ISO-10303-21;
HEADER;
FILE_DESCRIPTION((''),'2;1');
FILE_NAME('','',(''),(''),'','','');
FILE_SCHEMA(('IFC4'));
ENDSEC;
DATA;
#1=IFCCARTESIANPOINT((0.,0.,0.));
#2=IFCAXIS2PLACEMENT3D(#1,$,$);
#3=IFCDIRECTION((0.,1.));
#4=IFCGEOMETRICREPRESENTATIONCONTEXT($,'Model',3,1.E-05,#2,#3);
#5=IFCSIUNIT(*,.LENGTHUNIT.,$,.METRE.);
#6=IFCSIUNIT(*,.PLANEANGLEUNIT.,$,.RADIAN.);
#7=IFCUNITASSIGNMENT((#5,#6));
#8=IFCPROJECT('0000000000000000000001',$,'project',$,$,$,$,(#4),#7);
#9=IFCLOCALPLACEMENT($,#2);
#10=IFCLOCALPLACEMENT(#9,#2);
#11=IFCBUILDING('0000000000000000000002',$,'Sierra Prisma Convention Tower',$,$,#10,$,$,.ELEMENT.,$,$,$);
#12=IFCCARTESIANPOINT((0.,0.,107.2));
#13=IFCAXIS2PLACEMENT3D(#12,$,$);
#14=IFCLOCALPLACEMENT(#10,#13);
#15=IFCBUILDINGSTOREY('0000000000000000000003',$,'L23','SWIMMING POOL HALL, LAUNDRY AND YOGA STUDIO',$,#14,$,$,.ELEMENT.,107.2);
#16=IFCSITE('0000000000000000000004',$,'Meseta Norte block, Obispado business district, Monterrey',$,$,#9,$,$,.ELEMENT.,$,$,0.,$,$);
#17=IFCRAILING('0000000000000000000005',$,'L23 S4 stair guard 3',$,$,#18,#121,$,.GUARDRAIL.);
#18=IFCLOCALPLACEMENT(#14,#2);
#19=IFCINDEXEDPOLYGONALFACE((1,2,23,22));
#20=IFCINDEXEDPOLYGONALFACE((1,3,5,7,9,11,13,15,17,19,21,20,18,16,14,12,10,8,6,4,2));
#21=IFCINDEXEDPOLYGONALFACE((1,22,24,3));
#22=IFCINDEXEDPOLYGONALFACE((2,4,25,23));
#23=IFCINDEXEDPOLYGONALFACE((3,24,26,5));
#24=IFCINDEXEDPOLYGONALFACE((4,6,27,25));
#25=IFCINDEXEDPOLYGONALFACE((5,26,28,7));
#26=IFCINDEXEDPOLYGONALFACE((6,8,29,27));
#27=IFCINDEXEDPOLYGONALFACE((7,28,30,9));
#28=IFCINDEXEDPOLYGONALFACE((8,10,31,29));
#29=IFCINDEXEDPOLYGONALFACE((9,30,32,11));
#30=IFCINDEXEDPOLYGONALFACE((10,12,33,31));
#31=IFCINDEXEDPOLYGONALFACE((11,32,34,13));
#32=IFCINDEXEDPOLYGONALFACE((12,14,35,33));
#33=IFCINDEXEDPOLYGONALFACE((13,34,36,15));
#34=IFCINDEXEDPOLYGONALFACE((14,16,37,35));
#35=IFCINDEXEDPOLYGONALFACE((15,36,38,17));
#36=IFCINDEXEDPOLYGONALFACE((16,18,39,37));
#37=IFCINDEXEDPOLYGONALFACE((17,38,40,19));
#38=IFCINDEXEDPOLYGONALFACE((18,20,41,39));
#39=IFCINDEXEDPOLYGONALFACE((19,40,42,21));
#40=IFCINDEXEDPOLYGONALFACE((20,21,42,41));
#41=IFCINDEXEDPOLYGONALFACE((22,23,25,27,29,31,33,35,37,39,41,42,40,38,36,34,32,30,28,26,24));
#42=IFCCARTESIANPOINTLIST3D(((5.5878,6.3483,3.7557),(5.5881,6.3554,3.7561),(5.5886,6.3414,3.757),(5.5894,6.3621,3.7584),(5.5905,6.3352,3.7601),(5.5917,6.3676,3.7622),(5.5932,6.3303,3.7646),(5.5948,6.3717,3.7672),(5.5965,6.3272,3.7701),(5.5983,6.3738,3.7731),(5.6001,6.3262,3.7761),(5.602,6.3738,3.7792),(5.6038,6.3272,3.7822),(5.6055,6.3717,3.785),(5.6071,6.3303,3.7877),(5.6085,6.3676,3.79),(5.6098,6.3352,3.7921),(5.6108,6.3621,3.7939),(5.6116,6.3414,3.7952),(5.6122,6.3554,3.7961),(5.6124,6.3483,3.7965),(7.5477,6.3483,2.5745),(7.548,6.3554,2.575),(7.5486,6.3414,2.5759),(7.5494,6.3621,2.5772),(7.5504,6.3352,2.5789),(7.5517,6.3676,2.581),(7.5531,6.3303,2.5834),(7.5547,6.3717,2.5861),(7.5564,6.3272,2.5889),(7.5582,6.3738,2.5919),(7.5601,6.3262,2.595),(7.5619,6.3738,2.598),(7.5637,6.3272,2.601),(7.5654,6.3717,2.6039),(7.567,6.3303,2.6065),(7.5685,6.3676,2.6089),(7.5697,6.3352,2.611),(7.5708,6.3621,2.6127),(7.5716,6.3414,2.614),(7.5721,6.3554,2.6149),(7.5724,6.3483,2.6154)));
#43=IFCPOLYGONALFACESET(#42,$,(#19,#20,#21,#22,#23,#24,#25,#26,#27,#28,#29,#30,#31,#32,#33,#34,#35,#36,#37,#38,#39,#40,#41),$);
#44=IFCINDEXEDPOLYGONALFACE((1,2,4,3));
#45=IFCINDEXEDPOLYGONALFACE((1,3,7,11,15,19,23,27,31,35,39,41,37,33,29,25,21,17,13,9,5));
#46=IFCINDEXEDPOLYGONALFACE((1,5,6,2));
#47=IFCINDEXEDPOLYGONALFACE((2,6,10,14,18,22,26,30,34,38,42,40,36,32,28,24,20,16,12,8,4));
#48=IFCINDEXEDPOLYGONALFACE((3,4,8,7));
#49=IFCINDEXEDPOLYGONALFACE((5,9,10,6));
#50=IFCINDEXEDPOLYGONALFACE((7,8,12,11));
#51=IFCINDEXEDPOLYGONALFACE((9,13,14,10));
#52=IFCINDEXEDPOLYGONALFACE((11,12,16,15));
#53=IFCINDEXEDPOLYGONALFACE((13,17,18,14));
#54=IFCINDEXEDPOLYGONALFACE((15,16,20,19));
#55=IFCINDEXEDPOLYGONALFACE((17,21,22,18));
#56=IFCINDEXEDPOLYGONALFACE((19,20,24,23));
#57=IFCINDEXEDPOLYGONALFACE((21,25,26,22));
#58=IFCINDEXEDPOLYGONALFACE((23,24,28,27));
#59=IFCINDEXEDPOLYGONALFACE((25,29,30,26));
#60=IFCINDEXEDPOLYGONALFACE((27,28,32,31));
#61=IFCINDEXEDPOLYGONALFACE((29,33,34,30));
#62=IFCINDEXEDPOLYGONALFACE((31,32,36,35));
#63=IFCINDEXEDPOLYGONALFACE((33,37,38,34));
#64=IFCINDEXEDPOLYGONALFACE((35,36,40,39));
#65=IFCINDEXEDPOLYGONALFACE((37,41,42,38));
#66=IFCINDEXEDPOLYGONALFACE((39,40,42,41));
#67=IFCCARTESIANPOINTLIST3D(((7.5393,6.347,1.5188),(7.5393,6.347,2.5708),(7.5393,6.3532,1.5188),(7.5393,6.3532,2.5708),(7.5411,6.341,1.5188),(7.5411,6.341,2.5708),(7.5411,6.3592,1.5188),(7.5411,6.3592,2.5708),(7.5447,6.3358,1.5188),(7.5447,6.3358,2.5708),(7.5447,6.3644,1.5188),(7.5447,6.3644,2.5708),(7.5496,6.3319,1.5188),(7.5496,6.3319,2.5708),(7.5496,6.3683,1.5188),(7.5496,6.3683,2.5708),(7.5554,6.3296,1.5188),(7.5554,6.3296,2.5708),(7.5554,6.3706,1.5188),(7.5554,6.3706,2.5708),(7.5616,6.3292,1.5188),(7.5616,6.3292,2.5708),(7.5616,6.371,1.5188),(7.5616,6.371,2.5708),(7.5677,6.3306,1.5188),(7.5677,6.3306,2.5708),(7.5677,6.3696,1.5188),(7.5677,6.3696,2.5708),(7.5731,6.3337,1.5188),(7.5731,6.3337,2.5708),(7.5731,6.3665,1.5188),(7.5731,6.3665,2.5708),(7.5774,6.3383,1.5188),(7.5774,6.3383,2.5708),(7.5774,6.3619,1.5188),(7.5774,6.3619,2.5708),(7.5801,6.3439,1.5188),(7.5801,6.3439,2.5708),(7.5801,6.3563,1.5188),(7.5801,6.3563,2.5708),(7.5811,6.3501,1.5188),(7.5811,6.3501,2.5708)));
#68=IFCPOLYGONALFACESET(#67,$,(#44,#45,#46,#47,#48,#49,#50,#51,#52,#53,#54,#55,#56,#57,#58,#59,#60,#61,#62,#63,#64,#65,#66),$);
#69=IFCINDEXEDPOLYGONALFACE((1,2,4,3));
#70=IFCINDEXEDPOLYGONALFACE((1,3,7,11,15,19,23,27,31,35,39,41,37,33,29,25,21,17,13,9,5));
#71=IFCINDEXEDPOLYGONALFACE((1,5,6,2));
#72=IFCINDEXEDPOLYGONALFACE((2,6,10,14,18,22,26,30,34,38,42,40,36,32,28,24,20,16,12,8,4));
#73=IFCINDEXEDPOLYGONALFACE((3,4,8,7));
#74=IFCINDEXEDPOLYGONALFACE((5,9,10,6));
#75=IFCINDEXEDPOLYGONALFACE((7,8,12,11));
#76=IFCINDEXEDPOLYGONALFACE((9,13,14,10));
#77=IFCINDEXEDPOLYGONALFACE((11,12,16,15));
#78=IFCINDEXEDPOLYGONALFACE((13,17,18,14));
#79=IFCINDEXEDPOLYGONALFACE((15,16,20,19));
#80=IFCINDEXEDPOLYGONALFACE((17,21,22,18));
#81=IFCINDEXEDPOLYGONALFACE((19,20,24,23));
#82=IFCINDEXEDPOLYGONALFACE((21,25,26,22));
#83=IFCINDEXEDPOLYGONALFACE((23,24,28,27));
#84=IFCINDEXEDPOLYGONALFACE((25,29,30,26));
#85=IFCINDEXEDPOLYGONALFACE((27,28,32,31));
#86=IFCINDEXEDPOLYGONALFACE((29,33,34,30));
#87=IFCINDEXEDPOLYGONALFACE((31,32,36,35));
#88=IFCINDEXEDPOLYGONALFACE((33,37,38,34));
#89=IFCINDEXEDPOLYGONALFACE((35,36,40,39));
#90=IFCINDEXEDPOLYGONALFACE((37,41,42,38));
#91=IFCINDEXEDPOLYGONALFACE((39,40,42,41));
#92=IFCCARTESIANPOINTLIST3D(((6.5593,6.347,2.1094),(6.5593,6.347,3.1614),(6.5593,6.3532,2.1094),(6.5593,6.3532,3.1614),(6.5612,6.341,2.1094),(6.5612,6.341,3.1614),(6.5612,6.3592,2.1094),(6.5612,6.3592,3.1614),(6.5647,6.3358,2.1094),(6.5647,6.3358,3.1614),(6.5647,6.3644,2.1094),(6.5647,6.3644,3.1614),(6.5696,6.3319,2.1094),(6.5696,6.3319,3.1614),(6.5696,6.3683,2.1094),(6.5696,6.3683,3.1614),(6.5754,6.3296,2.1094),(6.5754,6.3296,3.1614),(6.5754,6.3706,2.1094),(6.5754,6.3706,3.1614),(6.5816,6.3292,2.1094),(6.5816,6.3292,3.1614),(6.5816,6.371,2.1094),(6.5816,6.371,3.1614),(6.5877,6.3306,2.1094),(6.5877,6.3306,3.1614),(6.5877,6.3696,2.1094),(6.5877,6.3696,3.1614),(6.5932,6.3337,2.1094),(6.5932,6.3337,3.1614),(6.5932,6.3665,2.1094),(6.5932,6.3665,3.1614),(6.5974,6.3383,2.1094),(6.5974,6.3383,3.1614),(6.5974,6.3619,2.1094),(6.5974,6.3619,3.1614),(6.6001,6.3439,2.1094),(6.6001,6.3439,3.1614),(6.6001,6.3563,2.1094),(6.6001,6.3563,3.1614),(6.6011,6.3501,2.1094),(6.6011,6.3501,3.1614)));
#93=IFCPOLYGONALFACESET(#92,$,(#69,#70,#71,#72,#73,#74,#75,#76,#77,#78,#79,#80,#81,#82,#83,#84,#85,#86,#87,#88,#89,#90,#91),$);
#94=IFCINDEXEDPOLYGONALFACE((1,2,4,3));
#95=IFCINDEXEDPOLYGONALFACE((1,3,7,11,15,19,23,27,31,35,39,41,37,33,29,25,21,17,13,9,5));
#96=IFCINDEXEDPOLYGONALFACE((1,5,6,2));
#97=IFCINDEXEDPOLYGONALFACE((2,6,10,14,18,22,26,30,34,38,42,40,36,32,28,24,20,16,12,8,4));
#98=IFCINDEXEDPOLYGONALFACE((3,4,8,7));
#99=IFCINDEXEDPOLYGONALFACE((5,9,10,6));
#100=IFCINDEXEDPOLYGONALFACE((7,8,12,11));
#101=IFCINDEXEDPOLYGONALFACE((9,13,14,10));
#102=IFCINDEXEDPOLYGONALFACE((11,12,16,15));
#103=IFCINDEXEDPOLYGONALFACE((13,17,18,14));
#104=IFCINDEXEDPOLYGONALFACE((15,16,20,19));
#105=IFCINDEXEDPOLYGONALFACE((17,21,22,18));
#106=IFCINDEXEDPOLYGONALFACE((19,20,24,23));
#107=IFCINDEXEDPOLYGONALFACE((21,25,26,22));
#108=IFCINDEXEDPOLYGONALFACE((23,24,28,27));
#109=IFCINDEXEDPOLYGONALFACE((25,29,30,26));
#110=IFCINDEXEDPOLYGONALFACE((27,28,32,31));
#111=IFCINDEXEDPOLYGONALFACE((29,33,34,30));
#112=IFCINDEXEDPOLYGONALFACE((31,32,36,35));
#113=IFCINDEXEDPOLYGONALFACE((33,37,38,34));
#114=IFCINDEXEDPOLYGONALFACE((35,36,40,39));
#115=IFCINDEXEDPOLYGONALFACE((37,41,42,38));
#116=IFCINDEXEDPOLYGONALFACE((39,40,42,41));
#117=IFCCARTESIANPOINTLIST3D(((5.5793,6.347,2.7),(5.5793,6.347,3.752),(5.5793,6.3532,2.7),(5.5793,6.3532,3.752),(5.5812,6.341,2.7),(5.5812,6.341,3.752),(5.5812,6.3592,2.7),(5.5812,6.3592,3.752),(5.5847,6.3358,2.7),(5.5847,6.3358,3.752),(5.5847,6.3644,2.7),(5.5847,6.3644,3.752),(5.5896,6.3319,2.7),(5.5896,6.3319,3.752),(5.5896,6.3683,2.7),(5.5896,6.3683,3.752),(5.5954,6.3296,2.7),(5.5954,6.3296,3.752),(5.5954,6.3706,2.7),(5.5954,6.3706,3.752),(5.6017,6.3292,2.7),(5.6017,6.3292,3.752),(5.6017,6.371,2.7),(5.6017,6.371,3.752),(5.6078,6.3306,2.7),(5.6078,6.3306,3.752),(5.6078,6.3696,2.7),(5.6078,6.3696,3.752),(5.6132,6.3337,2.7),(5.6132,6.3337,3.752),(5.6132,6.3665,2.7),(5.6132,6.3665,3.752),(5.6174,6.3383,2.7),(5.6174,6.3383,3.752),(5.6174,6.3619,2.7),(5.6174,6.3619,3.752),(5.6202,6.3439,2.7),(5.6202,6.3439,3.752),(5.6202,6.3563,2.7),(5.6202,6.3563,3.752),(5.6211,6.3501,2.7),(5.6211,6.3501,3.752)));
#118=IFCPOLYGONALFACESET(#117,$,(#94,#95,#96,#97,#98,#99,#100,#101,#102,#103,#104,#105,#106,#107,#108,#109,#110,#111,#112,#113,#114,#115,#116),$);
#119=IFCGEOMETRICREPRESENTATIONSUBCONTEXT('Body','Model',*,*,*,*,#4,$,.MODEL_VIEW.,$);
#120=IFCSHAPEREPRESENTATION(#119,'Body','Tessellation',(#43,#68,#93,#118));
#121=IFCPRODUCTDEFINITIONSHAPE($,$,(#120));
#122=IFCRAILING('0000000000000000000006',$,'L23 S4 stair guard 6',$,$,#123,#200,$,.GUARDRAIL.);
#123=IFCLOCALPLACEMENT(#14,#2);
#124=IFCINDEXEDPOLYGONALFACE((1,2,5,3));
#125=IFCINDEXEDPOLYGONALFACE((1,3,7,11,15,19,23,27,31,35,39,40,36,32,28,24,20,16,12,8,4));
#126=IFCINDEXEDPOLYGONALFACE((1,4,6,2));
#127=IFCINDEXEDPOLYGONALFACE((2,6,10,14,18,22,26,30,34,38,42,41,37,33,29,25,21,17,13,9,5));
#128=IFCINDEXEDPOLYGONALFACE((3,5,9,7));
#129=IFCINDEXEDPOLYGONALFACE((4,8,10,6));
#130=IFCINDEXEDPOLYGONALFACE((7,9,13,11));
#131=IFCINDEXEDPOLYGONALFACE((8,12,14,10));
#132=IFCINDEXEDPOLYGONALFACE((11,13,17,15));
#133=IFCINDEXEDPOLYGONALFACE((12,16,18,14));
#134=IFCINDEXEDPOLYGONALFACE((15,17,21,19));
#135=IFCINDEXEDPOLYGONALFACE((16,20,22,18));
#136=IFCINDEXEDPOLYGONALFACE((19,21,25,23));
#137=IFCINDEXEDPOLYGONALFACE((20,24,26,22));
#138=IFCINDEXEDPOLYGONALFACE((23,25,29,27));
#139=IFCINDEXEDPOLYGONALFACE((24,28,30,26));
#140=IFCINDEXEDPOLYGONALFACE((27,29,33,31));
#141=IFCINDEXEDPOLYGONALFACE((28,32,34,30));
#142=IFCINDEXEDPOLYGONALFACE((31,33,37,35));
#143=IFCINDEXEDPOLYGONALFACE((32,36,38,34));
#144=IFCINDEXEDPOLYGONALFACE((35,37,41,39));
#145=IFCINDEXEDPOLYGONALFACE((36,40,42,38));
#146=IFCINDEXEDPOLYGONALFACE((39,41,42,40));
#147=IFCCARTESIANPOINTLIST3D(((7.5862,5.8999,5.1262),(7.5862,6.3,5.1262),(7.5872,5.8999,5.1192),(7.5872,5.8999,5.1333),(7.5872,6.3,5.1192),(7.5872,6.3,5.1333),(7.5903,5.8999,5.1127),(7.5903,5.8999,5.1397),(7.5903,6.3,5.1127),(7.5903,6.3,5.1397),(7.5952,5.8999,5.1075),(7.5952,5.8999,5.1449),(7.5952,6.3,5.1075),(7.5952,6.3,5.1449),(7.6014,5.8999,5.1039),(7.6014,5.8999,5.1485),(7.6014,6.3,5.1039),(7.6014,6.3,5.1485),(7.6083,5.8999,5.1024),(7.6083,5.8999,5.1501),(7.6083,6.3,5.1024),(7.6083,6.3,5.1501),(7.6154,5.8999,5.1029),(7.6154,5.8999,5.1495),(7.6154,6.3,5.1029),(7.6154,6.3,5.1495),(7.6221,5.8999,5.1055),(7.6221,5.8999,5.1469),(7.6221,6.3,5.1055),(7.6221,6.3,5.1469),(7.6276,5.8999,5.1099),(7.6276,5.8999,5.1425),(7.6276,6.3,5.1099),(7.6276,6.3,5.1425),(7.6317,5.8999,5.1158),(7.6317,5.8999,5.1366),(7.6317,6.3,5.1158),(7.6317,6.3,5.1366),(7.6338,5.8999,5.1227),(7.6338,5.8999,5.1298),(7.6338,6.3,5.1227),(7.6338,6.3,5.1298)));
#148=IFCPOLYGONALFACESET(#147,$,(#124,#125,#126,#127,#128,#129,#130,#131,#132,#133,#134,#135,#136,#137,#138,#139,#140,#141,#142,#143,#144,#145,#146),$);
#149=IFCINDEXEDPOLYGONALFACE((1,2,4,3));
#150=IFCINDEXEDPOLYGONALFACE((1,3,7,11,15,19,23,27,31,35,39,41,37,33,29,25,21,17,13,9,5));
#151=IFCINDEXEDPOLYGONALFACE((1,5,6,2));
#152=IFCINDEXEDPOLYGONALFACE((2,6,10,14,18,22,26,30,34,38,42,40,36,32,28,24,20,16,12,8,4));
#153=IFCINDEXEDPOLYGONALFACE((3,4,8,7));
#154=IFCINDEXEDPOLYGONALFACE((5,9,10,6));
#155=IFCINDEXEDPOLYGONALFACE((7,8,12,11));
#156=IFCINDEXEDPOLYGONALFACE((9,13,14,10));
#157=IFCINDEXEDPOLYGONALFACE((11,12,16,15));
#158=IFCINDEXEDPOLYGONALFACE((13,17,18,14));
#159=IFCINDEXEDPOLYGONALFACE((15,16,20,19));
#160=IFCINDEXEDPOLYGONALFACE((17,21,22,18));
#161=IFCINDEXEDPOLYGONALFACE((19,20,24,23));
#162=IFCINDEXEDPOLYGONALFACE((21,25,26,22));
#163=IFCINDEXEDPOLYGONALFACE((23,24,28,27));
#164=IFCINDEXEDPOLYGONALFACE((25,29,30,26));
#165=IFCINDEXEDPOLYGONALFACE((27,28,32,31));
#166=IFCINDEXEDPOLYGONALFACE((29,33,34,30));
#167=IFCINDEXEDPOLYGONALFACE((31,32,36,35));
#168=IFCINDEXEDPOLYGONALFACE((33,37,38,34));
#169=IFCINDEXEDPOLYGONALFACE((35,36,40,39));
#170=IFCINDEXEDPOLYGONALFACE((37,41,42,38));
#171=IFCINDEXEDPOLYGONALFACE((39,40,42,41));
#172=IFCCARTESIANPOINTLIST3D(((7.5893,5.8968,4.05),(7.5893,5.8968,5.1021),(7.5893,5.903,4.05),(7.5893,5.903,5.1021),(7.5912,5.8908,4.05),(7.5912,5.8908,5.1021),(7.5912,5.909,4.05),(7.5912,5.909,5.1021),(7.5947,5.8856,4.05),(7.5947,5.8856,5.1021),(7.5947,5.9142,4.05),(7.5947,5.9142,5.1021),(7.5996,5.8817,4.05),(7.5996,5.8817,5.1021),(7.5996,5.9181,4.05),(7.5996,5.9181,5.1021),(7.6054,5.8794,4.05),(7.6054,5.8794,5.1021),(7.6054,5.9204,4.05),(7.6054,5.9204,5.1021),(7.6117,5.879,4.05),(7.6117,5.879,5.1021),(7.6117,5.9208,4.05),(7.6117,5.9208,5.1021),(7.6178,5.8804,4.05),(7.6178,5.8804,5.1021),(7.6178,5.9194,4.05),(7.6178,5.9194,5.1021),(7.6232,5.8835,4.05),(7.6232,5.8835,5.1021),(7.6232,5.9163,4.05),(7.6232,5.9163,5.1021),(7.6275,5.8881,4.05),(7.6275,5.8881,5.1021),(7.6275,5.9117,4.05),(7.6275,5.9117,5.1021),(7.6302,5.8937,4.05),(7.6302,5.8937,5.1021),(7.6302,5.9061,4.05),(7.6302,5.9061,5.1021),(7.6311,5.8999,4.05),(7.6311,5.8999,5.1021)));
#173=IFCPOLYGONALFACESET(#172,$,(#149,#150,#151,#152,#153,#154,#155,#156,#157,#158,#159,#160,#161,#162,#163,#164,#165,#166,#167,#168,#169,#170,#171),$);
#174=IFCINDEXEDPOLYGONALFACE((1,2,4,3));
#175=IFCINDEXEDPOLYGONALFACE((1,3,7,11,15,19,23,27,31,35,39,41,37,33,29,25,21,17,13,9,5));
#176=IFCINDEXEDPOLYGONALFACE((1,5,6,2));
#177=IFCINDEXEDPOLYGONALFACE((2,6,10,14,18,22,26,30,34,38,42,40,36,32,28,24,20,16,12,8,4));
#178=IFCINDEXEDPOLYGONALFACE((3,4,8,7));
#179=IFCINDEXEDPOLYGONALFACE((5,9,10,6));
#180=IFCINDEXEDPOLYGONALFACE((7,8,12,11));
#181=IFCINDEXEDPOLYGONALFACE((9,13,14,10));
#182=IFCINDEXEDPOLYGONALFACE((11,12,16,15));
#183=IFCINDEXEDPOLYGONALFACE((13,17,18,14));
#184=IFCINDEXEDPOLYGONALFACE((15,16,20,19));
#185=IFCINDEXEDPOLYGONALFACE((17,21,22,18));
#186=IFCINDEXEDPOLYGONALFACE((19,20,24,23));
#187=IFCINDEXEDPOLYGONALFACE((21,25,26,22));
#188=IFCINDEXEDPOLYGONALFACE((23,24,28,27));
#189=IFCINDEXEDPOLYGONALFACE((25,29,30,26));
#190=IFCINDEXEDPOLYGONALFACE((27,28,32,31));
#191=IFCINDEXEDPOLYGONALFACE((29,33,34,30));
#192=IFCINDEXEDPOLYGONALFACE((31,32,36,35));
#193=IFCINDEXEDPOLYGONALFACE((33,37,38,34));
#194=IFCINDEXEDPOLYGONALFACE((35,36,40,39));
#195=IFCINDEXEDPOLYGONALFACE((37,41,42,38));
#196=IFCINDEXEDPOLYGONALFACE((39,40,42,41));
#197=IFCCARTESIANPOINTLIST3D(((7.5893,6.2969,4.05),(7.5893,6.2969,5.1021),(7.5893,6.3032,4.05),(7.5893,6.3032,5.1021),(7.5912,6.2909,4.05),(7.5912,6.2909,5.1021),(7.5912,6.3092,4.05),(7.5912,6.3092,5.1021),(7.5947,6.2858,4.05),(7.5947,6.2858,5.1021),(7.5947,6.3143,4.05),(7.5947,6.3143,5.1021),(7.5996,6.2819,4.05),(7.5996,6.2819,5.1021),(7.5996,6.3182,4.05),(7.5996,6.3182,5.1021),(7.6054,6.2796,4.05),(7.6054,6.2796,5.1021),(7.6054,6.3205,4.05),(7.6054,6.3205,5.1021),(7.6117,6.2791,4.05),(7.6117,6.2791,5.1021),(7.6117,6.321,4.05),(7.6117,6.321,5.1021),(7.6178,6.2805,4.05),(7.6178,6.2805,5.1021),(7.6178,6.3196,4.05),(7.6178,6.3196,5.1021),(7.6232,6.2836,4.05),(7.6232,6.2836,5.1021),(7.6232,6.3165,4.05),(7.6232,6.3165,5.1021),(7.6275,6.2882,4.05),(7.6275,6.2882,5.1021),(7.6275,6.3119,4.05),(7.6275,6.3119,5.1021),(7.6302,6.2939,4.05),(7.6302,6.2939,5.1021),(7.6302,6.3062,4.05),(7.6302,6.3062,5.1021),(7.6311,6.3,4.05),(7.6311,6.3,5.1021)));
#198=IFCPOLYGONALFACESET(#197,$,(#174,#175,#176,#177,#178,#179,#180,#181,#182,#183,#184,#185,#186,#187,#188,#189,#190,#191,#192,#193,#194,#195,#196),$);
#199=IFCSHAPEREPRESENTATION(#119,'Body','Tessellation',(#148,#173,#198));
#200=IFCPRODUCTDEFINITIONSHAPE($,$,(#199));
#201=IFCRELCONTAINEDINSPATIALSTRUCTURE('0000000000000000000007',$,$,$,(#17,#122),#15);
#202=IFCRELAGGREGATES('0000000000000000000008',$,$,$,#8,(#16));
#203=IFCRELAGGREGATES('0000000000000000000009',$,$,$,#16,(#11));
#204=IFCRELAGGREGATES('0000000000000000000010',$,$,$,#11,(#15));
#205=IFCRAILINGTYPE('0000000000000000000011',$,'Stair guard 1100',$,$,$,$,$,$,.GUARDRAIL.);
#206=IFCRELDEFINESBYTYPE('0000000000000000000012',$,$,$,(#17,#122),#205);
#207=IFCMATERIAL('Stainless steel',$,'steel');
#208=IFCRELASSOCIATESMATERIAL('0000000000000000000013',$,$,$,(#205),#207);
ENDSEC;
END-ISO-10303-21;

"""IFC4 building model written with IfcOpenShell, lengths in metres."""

from ifc_helpers import new_model, si_unit, direction, frame, origin, origin_2d, place, context, subcontext, project, spatial, circle, extrude, material, type_object, element, save


model = new_model("IFC4")

# Units and contexts
model_context = context("Model", 3, precision=1e-05, world=origin(), true_north=direction((0.0, 1.0)))
body_context = subcontext(model_context, "Body", "Model", "MODEL_VIEW")
ifc_project = project(units=[si_unit("LENGTHUNIT", "METRE"), si_unit("PLANEANGLEUNIT", "RADIAN")], contexts=[model_context])

# Site, building, storey
site_placement = place(None, origin())
site = spatial("IfcSite", under=ifc_project, at=site_placement, Name="Meseta Norte block, Obispado business district, Monterrey", CompositionType="ELEMENT", RefElevation=0.0)
building_placement = place(site_placement, origin())
building = spatial("IfcBuilding", under=site, at=building_placement, Name="Sierra Prisma Convention Tower", CompositionType="ELEMENT")
storey_placement = place(building_placement, frame((0.0, 0.0, 107.2)))
storey = spatial("IfcBuildingStorey", under=building, at=storey_placement, Name="L23", Description="SWIMMING POOL HALL, LAUNDRY AND YOGA STUDIO", CompositionType="ELEMENT", Elevation=107.2)

# Railings
ifc_material_1 = material(Name="Stainless steel", Category="steel")
railing_type_1 = type_object("IfcRailingType", Name="Stair guard 1100", PredefinedType="GUARDRAIL", material=ifc_material_1)
railing_1_placement = place(storey_placement, frame((7.5601, 6.3501, 1.5188)))
element("IfcRailing", 1, at=railing_1_placement, inside=storey, type_object=railing_type_1, Name="L23 S4 stair guard 3", PredefinedType="GUARDRAIL", context=body_context, shape_type="SweptSolid", body=[
    extrude(circle(Radius=0.0239, at=origin_2d()), frame((0.0, 0.0, 1.0762), z_axis=(-0.856493, 0.0, 0.516158), x_axis=(0.0, -1.0, 0.0)), (0.0, 0.0, 1.0), 2.2883),
    extrude(circle(Radius=0.021, at=origin_2d()), origin(), (0.0, 0.0, 1.0), 1.052),
    extrude(circle(Radius=0.021, at=origin_2d()), frame((-0.98, 0.0, 0.5906)), (0.0, 0.0, 1.0), 1.052),
    extrude(circle(Radius=0.021, at=origin_2d()), frame((-1.96, 0.0, 1.1812)), (0.0, 0.0, 1.0), 1.052),
])
railing_2_placement = place(storey_placement, frame((7.6101, 5.8999, 4.05)))
element("IfcRailing", 2, at=railing_2_placement, inside=storey, type_object=railing_type_1, Name="L23 S4 stair guard 6", PredefinedType="GUARDRAIL", context=body_context, shape_type="SweptSolid", body=[
    extrude(circle(Radius=0.0239, at=origin_2d()), frame((0.0, 0.0, 1.0762), z_axis=(0.0, 1.0, 0.0), x_axis=(-1.0, 0.0, 0.0)), (0.0, 0.0, 1.0), 0.4001),
    extrude(circle(Radius=0.021, at=origin_2d()), origin(), (0.0, 0.0, 1.0), 1.052),
    extrude(circle(Radius=0.021, at=origin_2d()), frame((0.0, 0.4001, 0.0)), (0.0, 0.0, 1.0), 1.052),
])

save(model, "model.ifc")
